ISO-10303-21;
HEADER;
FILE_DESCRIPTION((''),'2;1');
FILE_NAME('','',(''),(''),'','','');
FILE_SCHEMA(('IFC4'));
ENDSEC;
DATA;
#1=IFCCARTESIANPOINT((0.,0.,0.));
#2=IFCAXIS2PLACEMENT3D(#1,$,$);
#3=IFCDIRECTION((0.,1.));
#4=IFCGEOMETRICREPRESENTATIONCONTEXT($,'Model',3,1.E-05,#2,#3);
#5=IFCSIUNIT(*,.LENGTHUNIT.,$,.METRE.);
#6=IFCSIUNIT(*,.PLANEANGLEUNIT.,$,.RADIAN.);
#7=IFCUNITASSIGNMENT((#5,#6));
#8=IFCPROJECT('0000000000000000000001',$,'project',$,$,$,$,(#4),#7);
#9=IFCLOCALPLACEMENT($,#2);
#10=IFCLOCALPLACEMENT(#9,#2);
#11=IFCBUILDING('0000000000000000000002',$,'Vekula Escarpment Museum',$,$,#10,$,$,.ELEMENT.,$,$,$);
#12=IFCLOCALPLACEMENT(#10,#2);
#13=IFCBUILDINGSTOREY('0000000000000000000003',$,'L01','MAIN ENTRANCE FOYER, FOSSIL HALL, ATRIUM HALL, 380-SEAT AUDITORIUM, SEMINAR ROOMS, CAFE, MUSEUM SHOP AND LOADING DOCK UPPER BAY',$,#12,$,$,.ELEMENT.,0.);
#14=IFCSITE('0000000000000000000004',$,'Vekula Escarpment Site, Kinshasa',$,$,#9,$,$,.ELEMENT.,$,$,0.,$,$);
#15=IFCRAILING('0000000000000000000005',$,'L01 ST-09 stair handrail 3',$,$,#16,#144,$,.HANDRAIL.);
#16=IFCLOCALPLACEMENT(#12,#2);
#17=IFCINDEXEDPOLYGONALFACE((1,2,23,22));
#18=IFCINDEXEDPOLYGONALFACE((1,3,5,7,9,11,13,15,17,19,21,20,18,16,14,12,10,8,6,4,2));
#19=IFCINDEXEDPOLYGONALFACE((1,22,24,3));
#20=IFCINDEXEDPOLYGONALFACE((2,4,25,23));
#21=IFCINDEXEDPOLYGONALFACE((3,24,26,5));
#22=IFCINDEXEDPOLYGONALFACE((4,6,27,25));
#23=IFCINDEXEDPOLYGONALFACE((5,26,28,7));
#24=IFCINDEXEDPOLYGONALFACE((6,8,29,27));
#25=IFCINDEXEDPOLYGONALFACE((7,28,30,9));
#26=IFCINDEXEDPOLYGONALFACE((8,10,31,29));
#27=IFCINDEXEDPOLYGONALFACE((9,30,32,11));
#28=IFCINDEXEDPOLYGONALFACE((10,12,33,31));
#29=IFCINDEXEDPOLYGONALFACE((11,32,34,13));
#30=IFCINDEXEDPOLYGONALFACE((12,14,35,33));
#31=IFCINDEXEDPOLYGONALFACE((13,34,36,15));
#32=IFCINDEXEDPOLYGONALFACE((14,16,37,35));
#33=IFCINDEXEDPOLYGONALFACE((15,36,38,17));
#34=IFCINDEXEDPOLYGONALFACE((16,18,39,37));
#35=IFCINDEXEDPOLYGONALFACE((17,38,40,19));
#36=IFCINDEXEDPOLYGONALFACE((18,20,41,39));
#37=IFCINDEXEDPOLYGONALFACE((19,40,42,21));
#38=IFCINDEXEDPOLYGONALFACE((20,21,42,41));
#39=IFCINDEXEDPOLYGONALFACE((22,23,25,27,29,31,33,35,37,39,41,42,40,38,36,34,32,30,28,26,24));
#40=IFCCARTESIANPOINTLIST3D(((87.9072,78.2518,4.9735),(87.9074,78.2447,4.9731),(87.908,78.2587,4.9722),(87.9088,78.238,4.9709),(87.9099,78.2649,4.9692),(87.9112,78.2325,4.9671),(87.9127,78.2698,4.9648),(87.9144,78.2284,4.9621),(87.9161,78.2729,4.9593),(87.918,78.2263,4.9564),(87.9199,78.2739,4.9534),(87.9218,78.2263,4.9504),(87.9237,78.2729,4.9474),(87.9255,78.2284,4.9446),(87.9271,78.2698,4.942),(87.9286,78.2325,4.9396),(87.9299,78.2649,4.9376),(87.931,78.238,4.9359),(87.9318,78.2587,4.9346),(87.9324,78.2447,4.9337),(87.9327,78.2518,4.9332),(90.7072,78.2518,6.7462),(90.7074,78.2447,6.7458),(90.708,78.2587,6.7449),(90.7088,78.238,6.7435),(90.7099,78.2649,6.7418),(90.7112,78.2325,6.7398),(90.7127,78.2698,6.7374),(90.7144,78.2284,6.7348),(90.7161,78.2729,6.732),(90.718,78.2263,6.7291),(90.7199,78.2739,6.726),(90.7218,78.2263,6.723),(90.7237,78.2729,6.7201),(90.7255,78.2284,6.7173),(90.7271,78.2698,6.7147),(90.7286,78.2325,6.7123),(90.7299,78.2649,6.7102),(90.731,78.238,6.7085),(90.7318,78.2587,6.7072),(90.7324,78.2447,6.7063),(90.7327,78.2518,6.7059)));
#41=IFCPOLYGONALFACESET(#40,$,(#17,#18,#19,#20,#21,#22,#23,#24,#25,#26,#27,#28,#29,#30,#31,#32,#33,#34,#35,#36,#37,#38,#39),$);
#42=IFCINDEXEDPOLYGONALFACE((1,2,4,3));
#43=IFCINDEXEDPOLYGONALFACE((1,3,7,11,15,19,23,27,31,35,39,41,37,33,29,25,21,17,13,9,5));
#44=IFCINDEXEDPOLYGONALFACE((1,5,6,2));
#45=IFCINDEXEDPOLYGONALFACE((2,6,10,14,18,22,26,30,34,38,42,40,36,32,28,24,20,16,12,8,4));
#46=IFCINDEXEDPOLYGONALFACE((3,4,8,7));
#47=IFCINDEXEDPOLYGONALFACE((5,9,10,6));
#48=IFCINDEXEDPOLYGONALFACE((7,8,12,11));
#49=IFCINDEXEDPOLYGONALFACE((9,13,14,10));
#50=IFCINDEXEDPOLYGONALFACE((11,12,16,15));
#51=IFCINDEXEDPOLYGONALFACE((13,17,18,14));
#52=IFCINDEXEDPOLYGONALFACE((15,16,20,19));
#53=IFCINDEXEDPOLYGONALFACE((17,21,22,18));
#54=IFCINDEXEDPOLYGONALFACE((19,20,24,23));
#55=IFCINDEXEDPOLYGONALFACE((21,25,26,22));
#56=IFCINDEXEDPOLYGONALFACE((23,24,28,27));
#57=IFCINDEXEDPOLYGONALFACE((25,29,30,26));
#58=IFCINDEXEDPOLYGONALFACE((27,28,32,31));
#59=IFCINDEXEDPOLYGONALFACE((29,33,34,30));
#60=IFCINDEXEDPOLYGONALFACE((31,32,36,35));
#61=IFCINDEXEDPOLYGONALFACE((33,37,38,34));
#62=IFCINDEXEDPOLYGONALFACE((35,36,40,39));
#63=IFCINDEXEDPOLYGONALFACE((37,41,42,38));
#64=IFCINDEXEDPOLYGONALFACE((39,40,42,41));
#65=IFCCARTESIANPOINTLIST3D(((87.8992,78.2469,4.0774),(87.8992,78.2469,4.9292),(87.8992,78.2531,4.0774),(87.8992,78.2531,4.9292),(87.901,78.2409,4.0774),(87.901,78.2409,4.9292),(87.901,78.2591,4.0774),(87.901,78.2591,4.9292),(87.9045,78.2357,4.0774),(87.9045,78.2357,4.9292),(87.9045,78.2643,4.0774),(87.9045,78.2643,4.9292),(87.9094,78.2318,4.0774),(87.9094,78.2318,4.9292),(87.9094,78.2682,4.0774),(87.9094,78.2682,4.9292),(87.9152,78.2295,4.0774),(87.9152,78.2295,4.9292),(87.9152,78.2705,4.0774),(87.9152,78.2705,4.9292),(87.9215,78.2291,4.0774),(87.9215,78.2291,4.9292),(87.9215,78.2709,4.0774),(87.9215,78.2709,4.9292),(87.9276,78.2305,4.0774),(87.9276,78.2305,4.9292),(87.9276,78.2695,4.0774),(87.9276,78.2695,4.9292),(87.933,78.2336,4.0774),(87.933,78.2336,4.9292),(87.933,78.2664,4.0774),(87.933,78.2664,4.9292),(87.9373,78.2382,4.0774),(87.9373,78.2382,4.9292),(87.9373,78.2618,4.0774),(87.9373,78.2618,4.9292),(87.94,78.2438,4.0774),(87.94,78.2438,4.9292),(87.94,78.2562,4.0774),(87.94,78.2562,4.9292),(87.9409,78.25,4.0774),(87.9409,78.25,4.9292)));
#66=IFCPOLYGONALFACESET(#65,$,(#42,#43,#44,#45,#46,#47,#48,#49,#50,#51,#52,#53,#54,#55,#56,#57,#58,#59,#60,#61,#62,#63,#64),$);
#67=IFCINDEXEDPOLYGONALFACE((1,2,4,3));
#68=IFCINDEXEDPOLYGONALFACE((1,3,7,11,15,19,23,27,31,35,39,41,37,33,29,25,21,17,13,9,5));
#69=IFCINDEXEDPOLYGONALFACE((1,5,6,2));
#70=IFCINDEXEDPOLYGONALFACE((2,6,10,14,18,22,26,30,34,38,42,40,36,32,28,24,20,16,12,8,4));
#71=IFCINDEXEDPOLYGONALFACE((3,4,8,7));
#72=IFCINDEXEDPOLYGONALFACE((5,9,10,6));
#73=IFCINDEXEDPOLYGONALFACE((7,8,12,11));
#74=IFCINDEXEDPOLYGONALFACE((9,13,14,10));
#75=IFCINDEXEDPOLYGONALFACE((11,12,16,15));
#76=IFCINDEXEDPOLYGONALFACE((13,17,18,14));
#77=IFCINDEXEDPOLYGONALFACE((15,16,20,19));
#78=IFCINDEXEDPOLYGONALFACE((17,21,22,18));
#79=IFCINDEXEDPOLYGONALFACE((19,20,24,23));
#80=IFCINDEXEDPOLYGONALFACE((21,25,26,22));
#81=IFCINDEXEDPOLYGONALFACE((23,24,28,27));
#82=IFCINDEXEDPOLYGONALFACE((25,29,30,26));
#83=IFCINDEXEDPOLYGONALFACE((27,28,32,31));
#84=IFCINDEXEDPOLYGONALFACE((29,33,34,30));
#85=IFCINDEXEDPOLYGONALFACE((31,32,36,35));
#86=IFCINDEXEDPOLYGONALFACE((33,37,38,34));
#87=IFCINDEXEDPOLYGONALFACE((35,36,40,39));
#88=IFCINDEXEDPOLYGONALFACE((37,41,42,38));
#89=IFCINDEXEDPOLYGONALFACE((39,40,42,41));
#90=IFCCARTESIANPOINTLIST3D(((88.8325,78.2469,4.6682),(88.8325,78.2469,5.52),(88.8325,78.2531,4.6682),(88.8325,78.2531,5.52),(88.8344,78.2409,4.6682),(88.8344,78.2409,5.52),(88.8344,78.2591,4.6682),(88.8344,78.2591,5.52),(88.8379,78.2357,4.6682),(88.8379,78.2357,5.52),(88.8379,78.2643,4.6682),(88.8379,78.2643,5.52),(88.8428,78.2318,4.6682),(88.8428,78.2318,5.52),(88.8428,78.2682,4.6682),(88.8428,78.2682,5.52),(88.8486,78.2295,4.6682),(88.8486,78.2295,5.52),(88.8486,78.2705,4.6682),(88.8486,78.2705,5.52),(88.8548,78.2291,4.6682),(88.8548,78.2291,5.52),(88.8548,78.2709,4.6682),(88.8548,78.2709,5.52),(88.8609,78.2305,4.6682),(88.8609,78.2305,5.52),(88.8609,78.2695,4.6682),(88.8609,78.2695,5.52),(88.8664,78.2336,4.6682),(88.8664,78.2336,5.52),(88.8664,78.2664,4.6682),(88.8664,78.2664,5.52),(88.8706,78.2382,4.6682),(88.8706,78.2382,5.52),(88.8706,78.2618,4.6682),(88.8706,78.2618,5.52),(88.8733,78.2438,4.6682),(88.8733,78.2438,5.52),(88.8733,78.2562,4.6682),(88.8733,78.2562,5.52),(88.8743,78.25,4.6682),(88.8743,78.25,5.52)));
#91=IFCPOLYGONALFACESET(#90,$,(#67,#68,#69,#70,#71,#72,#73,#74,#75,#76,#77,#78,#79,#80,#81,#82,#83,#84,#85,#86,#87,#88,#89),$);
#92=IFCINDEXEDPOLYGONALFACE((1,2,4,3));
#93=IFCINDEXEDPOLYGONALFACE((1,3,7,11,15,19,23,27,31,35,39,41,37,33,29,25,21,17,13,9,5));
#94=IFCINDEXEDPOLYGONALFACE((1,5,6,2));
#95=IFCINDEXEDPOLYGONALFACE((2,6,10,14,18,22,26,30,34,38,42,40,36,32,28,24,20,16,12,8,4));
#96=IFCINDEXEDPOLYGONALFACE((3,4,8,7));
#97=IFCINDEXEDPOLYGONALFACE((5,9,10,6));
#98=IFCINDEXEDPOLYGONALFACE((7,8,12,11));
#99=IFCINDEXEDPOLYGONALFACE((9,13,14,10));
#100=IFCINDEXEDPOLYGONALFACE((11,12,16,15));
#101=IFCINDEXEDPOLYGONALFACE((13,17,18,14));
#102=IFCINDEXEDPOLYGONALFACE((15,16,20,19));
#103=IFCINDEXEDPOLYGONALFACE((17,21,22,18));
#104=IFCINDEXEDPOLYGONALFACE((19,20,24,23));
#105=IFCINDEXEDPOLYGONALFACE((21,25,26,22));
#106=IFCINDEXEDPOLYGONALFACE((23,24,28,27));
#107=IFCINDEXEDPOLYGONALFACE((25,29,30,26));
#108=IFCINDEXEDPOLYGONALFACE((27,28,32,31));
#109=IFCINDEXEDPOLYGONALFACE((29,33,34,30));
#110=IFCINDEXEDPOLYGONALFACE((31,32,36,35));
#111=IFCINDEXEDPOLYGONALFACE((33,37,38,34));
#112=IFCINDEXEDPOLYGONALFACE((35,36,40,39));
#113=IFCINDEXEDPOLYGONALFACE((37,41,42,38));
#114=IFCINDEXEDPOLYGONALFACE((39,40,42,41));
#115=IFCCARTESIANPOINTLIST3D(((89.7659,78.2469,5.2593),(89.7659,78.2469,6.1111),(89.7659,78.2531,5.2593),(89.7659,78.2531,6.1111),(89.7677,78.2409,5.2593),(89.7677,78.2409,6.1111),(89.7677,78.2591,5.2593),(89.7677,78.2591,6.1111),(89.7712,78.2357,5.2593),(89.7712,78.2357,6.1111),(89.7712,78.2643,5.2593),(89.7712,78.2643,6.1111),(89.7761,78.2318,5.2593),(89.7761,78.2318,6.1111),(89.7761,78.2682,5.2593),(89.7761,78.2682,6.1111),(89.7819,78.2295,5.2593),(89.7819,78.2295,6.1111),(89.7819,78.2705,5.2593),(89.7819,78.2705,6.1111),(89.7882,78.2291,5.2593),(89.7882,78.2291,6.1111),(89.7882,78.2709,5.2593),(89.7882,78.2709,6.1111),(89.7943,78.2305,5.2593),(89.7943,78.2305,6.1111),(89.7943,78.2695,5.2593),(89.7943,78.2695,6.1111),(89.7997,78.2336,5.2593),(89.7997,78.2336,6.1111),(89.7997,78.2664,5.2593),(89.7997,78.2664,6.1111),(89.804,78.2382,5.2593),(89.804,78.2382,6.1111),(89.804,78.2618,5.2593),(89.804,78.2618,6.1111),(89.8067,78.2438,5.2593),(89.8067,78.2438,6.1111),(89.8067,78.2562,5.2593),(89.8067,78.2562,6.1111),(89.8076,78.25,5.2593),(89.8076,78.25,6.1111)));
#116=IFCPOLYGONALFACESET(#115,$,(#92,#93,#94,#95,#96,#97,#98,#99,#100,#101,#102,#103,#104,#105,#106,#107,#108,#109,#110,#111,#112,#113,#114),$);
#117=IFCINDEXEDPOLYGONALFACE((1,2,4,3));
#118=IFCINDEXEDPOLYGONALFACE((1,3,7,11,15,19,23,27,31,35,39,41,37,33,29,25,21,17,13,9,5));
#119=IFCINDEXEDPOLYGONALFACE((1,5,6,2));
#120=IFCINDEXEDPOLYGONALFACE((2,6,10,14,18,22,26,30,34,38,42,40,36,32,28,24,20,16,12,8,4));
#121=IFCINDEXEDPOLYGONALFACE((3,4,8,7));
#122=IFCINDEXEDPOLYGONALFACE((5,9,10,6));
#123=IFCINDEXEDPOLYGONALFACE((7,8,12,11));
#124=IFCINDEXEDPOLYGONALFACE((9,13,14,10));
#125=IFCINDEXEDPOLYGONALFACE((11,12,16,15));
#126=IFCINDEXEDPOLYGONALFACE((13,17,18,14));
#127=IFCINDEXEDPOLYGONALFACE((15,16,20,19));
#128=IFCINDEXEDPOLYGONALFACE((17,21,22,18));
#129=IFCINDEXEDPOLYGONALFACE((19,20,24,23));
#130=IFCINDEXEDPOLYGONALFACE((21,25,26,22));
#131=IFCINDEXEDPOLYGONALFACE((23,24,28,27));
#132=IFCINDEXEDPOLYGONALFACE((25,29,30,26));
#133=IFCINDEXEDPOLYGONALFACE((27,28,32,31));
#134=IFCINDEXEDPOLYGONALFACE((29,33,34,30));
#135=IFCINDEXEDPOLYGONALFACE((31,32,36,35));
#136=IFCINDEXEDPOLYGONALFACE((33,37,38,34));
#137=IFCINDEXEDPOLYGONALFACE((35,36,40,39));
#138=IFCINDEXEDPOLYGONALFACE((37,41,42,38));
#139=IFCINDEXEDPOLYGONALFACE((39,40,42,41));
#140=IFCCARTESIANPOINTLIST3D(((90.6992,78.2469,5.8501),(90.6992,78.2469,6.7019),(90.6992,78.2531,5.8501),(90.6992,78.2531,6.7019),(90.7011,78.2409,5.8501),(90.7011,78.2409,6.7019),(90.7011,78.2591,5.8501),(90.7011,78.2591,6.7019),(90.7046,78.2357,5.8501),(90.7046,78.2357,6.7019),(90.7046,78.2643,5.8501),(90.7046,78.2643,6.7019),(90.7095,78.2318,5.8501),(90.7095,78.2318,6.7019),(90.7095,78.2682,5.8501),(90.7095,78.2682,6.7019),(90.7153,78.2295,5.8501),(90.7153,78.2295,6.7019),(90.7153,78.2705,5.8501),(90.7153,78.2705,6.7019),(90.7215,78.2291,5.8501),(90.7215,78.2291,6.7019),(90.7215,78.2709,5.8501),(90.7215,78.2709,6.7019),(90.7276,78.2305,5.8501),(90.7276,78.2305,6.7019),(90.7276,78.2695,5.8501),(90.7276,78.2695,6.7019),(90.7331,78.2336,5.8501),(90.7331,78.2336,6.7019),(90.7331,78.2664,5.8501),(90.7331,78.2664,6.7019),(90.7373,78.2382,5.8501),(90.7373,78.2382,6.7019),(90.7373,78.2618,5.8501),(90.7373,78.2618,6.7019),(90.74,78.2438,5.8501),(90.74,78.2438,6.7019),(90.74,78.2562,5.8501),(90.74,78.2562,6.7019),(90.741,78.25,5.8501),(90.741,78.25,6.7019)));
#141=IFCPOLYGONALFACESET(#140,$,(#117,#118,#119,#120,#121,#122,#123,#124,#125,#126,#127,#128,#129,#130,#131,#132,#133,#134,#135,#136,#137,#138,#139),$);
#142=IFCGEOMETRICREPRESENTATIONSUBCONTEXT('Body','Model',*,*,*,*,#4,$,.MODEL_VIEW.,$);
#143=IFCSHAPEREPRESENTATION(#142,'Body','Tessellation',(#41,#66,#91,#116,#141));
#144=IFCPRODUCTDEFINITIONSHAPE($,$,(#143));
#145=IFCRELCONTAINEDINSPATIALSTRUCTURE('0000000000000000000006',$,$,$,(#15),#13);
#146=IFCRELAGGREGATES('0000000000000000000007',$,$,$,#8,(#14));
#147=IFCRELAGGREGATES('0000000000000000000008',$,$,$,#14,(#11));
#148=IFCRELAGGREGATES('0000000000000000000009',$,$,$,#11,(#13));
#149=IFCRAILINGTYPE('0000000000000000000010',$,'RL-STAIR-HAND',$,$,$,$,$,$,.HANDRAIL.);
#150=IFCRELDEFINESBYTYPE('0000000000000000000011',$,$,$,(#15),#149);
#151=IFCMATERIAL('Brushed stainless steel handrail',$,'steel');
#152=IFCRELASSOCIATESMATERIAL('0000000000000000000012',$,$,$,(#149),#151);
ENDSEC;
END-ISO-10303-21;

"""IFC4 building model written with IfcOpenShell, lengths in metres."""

from ifc_helpers import new_model, si_unit, direction, frame, origin, origin_2d, place, context, subcontext, project, spatial, circle, extrude, material, type_object, element, save


model = new_model("IFC4")

# Units and contexts
model_context = context("Model", 3, precision=1e-05, world=origin(), true_north=direction((0.0, 1.0)))
body_context = subcontext(model_context, "Body", "Model", "MODEL_VIEW")
ifc_project = project(units=[si_unit("LENGTHUNIT", "METRE"), si_unit("PLANEANGLEUNIT", "RADIAN")], contexts=[model_context])

# Site, building, storey
site_placement = place(None, origin())
site = spatial("IfcSite", under=ifc_project, at=site_placement, Name="Vekula Escarpment Site, Kinshasa", CompositionType="ELEMENT", RefElevation=0.0)
building_placement = place(site_placement, origin())
building = spatial("IfcBuilding", under=site, at=building_placement, Name="Vekula Escarpment Museum", CompositionType="ELEMENT")
storey_placement = place(building_placement, origin())
storey = spatial("IfcBuildingStorey", under=building, at=storey_placement, Name="L01", Description="MAIN ENTRANCE FOYER, FOSSIL HALL, ATRIUM HALL, 380-SEAT AUDITORIUM, SEMINAR ROOMS, CAFE, MUSEUM SHOP AND LOADING DOCK UPPER BAY", CompositionType="ELEMENT", Elevation=0.0)

# Railing
ifc_material_1 = material(Name="Brushed stainless steel handrail", Category="steel")
railing_type_1 = type_object("IfcRailingType", Name="RL-STAIR-HAND", PredefinedType="HANDRAIL", material=ifc_material_1)
for number, where, name in (
    (1, (87.9199, 78.25, 4.0774), "L01 ST-09 stair handrail 3"),
):
    element("IfcRailing", number, at=place(storey_placement, frame(where)), inside=storey, type_object=railing_type_1, Name=name, PredefinedType="HANDRAIL", context=body_context, shape_type="SweptSolid", body=[
        extrude(circle(Radius=0.0239, at=origin_2d()), frame((0.0, 0.0, 0.876), z_axis=(0.844909, 0.0, 0.53491), x_axis=(0.0, 1.0, 0.0)), (0.0, 0.0, 1.0), 3.314),
        extrude(circle(Radius=0.021, at=origin_2d()), origin(), (0.0, 0.0, 1.0), 0.8518),
        extrude(circle(Radius=0.021, at=origin_2d()), frame((0.9333, 0.0, 0.5908)), (0.0, 0.0, 1.0), 0.8518),
        extrude(circle(Radius=0.021, at=origin_2d()), frame((1.8667, 0.0, 1.1819)), (0.0, 0.0, 1.0), 0.8518),
        extrude(circle(Radius=0.021, at=origin_2d()), frame((2.8, 0.0, 1.7727)), (0.0, 0.0, 1.0), 0.8518),
    ])

save(model, "model.ifc")
